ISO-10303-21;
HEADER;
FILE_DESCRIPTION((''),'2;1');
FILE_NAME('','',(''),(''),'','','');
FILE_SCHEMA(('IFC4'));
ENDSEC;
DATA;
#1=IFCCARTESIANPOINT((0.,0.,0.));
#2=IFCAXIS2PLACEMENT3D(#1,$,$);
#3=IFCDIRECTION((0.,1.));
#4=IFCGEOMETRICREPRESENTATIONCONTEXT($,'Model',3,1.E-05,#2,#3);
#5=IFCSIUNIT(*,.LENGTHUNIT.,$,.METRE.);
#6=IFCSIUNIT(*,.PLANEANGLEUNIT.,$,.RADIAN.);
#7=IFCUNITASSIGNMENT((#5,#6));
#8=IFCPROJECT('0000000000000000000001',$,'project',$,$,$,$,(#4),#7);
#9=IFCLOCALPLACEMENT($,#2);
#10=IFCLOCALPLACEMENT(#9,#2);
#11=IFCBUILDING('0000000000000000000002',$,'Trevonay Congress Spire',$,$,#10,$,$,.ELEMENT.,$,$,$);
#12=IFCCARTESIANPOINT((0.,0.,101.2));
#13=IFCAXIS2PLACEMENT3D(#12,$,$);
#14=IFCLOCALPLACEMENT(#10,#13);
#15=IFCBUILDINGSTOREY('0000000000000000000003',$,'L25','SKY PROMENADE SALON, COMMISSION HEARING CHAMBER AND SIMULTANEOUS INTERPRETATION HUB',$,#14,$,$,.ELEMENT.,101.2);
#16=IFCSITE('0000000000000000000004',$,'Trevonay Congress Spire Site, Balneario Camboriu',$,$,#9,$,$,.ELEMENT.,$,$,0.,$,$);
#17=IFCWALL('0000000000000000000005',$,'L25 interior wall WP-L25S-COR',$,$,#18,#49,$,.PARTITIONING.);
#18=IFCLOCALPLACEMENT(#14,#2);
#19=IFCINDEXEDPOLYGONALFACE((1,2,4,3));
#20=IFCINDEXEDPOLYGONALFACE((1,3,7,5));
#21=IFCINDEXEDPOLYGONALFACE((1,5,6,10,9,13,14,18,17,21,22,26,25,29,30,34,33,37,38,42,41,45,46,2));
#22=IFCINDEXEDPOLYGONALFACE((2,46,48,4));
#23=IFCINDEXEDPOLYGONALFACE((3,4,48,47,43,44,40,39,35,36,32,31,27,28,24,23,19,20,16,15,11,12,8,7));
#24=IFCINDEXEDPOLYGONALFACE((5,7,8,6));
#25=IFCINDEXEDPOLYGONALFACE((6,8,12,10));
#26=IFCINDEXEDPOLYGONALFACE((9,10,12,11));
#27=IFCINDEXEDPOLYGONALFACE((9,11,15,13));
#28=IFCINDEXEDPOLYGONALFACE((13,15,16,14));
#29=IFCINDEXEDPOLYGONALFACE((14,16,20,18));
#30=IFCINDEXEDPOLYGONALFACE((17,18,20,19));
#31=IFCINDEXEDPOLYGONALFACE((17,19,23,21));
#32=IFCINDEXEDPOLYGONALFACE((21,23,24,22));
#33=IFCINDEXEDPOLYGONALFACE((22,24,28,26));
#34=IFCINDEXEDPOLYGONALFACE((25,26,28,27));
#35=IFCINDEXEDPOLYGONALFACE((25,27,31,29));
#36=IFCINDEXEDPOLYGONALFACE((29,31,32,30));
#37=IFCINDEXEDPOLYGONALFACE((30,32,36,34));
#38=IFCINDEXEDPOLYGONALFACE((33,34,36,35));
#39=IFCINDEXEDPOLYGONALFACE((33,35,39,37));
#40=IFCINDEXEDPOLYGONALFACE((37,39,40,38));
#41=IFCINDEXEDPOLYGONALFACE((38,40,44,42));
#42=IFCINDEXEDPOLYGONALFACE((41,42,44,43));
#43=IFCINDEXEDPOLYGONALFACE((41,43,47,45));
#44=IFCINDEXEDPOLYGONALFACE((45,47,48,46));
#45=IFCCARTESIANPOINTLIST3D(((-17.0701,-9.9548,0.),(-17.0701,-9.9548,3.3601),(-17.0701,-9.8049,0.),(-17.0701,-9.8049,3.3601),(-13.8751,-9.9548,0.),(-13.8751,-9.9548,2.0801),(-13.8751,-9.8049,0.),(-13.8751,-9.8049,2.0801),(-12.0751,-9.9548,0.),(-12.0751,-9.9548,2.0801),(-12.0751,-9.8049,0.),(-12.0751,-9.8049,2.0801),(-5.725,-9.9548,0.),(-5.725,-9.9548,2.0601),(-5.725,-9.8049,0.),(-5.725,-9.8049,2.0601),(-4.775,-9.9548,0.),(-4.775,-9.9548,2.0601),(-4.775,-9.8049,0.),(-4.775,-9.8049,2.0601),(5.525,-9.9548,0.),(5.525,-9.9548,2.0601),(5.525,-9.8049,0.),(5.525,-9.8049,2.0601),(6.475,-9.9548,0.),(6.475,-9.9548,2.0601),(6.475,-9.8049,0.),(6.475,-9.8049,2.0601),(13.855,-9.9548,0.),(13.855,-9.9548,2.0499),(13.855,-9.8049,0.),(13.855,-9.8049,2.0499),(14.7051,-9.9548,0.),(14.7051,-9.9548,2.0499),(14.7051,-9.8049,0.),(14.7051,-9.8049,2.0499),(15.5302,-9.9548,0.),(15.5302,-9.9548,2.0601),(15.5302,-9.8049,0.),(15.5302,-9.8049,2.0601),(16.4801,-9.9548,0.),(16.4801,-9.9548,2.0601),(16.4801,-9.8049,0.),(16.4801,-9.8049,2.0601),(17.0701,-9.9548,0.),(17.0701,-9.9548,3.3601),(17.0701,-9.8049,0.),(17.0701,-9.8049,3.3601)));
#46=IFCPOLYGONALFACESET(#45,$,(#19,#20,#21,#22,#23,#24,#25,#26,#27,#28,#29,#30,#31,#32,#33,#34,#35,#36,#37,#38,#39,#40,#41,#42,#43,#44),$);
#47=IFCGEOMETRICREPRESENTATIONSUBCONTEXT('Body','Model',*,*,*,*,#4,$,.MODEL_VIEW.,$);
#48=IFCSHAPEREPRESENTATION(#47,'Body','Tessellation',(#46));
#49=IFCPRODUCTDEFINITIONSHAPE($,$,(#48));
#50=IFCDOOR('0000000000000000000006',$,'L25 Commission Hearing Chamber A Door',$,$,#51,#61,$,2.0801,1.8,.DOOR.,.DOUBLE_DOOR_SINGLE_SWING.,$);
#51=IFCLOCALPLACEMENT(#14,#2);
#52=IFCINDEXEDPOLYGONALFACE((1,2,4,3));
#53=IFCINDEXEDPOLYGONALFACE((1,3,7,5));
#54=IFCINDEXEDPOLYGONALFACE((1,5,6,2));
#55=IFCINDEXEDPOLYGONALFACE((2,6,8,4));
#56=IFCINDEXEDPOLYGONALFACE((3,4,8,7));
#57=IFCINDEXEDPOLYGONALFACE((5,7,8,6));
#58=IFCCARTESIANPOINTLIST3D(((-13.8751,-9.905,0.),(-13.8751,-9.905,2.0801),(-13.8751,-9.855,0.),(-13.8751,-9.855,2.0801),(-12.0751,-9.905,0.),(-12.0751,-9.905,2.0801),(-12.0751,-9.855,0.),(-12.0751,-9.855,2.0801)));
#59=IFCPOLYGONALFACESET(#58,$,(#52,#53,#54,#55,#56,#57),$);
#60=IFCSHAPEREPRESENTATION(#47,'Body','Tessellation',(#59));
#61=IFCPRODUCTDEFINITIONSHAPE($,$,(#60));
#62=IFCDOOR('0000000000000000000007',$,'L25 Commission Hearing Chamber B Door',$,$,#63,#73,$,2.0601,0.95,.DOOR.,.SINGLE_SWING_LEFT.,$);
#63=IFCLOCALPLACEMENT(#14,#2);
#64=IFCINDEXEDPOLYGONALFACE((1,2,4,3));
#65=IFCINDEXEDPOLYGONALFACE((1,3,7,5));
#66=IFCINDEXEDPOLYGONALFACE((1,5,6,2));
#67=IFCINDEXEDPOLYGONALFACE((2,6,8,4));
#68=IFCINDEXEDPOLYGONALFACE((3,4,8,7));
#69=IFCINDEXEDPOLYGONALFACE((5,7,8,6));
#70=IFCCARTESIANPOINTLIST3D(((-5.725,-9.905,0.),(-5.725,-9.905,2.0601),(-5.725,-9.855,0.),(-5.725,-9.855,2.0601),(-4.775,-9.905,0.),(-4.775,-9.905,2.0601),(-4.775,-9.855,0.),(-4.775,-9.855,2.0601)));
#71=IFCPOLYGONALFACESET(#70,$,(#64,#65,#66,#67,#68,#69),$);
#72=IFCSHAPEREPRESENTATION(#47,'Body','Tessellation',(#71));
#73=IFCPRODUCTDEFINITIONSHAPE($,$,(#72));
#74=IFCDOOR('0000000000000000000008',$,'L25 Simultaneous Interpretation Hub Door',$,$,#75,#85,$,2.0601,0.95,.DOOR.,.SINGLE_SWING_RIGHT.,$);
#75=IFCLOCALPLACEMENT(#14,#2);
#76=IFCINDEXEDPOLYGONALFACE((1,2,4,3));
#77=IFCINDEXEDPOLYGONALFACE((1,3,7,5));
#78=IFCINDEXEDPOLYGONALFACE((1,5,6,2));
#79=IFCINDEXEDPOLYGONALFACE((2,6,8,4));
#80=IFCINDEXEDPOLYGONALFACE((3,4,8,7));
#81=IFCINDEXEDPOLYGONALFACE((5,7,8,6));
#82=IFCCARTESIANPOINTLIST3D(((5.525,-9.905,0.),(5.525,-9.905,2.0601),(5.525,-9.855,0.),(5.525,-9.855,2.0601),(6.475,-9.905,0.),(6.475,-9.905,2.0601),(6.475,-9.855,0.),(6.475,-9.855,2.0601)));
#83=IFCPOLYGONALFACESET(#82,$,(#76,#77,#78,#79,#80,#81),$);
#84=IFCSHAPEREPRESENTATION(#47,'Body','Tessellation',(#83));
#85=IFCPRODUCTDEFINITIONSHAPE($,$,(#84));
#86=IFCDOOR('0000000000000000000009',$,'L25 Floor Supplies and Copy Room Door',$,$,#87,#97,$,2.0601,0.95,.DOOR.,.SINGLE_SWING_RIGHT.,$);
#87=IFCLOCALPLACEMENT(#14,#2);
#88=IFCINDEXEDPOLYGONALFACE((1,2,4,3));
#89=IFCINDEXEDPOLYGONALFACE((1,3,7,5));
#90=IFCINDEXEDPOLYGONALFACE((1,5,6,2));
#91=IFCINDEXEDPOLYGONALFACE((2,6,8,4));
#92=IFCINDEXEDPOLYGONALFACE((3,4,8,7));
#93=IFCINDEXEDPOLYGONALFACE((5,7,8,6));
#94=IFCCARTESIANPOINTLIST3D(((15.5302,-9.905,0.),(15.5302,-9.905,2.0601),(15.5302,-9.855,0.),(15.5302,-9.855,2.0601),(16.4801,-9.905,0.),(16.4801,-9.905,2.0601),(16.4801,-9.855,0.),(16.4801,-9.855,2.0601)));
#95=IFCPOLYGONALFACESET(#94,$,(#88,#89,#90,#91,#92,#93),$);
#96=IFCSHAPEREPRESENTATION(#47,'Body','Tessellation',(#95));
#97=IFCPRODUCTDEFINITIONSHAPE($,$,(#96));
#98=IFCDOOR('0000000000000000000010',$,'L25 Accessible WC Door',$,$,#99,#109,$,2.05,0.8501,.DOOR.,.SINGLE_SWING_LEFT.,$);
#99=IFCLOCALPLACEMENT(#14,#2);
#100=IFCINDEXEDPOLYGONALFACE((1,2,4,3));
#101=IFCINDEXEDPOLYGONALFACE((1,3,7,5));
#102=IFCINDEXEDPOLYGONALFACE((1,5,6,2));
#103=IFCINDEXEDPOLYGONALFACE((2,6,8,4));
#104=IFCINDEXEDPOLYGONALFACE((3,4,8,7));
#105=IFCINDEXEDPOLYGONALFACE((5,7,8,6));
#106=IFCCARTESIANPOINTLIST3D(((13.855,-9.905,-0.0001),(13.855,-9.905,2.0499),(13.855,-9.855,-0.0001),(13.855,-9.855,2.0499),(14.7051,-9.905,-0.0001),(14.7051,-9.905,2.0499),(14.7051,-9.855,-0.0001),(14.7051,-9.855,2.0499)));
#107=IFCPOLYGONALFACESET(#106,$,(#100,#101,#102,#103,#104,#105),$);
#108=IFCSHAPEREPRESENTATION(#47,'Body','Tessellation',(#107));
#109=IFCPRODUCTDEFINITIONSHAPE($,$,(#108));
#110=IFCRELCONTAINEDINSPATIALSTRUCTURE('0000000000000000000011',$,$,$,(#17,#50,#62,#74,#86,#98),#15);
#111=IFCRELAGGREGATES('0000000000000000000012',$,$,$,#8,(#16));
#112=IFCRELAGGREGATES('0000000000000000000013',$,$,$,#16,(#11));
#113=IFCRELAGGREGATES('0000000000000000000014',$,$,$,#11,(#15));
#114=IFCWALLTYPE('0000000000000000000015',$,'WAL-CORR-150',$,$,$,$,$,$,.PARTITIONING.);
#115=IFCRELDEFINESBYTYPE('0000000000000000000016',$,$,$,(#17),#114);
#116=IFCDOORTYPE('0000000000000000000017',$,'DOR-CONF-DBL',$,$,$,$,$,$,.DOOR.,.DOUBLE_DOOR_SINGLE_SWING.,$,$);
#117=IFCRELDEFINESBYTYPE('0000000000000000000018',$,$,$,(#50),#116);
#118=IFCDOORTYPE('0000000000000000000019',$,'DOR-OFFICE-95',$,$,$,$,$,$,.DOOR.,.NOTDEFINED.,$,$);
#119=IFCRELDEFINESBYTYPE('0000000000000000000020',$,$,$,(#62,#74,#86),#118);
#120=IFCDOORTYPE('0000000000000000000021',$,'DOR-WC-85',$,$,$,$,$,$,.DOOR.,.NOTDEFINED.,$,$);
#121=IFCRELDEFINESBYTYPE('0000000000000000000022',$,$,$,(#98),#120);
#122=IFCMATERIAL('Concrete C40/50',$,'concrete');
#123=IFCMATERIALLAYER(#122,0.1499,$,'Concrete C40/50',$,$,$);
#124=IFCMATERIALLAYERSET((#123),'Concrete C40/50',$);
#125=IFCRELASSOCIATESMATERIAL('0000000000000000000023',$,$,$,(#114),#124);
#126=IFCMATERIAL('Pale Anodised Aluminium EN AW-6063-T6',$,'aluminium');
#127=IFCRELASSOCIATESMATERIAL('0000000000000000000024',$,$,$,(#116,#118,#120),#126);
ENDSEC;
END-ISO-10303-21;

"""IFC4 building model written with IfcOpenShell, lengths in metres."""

from ifc_helpers import new_model, si_unit, direction, frame, frame_2d, origin, place, context, subcontext, project, spatial, rectangle, extrude, material, layer, layer_set, type_object, element, fill, save


model = new_model("IFC4")

# Units and contexts
model_context = context("Model", 3, precision=1e-05, world=origin(), true_north=direction((0.0, 1.0)))
body_context = subcontext(model_context, "Body", "Model", "MODEL_VIEW")
ifc_project = project(units=[si_unit("LENGTHUNIT", "METRE"), si_unit("PLANEANGLEUNIT", "RADIAN")], contexts=[model_context])

# Site, building, storey
site_placement = place(None, origin())
site = spatial("IfcSite", under=ifc_project, at=site_placement, Name="Trevonay Congress Spire Site, Balneario Camboriu", CompositionType="ELEMENT", RefElevation=0.0)
building_placement = place(site_placement, origin())
building = spatial("IfcBuilding", under=site, at=building_placement, Name="Trevonay Congress Spire", CompositionType="ELEMENT")
storey_placement = place(building_placement, frame((0.0, 0.0, 101.2)))
storey = spatial("IfcBuildingStorey", under=building, at=storey_placement, Name="L25", Description="SKY PROMENADE SALON, COMMISSION HEARING CHAMBER AND SIMULTANEOUS INTERPRETATION HUB", CompositionType="ELEMENT", Elevation=101.2)

# Shared definitions
ifc_material_1 = material(Name="Pale Anodised Aluminium EN AW-6063-T6", Category="aluminium")

# Wall, openings, doors
ifc_material_2 = material(Name="Concrete C40/50", Category="concrete")
ifc_layer_1 = layer(ifc_material_2, 0.1499, Name="Concrete C40/50")
ifc_layer_set_1 = layer_set([ifc_layer_1], Name="Concrete C40/50")
wall_type_1 = type_object("IfcWallType", Name="WAL-CORR-150", PredefinedType="PARTITIONING", material=ifc_layer_set_1)
wall_1_placement = place(storey_placement, frame((-17.0701, -9.8799, 0.0), z_axis=(0.0, 0.0, 1.0), x_axis=(1.0, 0.0, 0.0)))
wall_1 = element("IfcWall", 1, at=wall_1_placement, inside=storey, type_object=wall_type_1, Name="L25 interior wall WP-L25S-COR", PredefinedType="PARTITIONING", context=body_context, shape_type="SweptSolid", body=[
    extrude(rectangle(XDim=34.1401, YDim=0.1499, at=frame_2d((17.0701, 0.0))), origin(), (0.0, 0.0, 1.0), 3.3601),
])
opening_1_placement = place(wall_1_placement, frame((3.1951, 0.0, 0.0)))
opening_1 = element("IfcOpeningElement", 2, at=opening_1_placement, cuts=wall_1, PredefinedType="OPENING", context=body_context, shape_type="SweptSolid", body=[
    extrude(rectangle(XDim=1.8, YDim=2.0801, at=frame_2d((0.8999, 1.04))), frame((0.0, 0.085, 0.0), z_axis=(0.0, -1.0, 0.0), x_axis=(1.0, 0.0, 0.0)), (0.0, 0.0, 1.0), 0.1699),
])
opening_2_placement = place(wall_1_placement, frame((11.345, 0.0, 0.0)))
opening_2 = element("IfcOpeningElement", 3, at=opening_2_placement, cuts=wall_1, PredefinedType="OPENING", context=body_context, shape_type="SweptSolid", body=[
    extrude(rectangle(XDim=0.95, YDim=2.0601, at=frame_2d((0.4751, 1.03))), frame((0.0, 0.085, 0.0), z_axis=(0.0, -1.0, 0.0), x_axis=(1.0, 0.0, 0.0)), (0.0, 0.0, 1.0), 0.1699),
])
opening_3_placement = place(wall_1_placement, frame((22.595, 0.0, 0.0)))
opening_3 = element("IfcOpeningElement", 4, at=opening_3_placement, cuts=wall_1, PredefinedType="OPENING", context=body_context, shape_type="SweptSolid", body=[
    extrude(rectangle(XDim=0.95, YDim=2.0601, at=frame_2d((0.4751, 1.03))), frame((0.0, 0.085, 0.0), z_axis=(0.0, -1.0, 0.0), x_axis=(1.0, 0.0, 0.0)), (0.0, 0.0, 1.0), 0.1699),
])
opening_4_placement = place(wall_1_placement, frame((30.925, 0.0, 0.0)))
opening_4 = element("IfcOpeningElement", 5, at=opening_4_placement, cuts=wall_1, PredefinedType="OPENING", context=body_context, shape_type="SweptSolid", body=[
    extrude(rectangle(XDim=0.8501, YDim=2.05, at=frame_2d((0.425, 1.0249))), frame((0.0, 0.085, 0.0), z_axis=(0.0, -1.0, 0.0), x_axis=(1.0, 0.0, 0.0)), (0.0, 0.0, 1.0), 0.1699),
])
opening_5_placement = place(wall_1_placement, frame((32.6001, 0.0, 0.0)))
opening_5 = element("IfcOpeningElement", 6, at=opening_5_placement, cuts=wall_1, PredefinedType="OPENING", context=body_context, shape_type="SweptSolid", body=[
    extrude(rectangle(XDim=0.95, YDim=2.0601, at=frame_2d((0.4751, 1.03))), frame((0.0, 0.085, 0.0), z_axis=(0.0, -1.0, 0.0), x_axis=(1.0, 0.0, 0.0)), (0.0, 0.0, 1.0), 0.1699),
])
door_type_1 = type_object("IfcDoorType", Name="DOR-CONF-DBL", OperationType="DOUBLE_DOOR_SINGLE_SWING", PredefinedType="DOOR", material=ifc_material_1)
door_1_placement = place(opening_1_placement, origin())
door_1 = element("IfcDoor", 7, at=door_1_placement, inside=storey, type_object=door_type_1, Name="L25 Commission Hearing Chamber A Door", OperationType="DOUBLE_DOOR_SINGLE_SWING", OverallHeight=2.0801, OverallWidth=1.8, PredefinedType="DOOR", context=body_context, shape_type="SweptSolid", body=[
    extrude(rectangle(XDim=1.8, YDim=2.0801, at=frame_2d((0.8999, 1.04))), frame((0.0, 0.0249, 0.0), z_axis=(0.0, -1.0, 0.0), x_axis=(1.0, 0.0, 0.0)), (0.0, 0.0, 1.0), 0.05),
])
fill(opening_1, door_1)
door_type_2 = type_object("IfcDoorType", Name="DOR-OFFICE-95", OperationType="NOTDEFINED", PredefinedType="DOOR", material=ifc_material_1)
door_2_placement = place(opening_2_placement, origin())
door_2 = element("IfcDoor", 8, at=door_2_placement, inside=storey, type_object=door_type_2, Name="L25 Commission Hearing Chamber B Door", OperationType="SINGLE_SWING_LEFT", OverallHeight=2.0601, OverallWidth=0.95, PredefinedType="DOOR", context=body_context, shape_type="SweptSolid", body=[
    extrude(rectangle(XDim=0.95, YDim=2.0601, at=frame_2d((0.4751, 1.03))), frame((0.0, 0.0249, 0.0), z_axis=(0.0, -1.0, 0.0), x_axis=(1.0, 0.0, 0.0)), (0.0, 0.0, 1.0), 0.05),
])
fill(opening_2, door_2)
door_3_placement = place(opening_3_placement, origin())
door_3 = element("IfcDoor", 9, at=door_3_placement, inside=storey, type_object=door_type_2, Name="L25 Simultaneous Interpretation Hub Door", OperationType="SINGLE_SWING_RIGHT", OverallHeight=2.0601, OverallWidth=0.95, PredefinedType="DOOR", context=body_context, shape_type="SweptSolid", body=[
    extrude(rectangle(XDim=0.95, YDim=2.0601, at=frame_2d((0.4751, 1.03))), frame((0.0, 0.0249, 0.0), z_axis=(0.0, -1.0, 0.0), x_axis=(1.0, 0.0, 0.0)), (0.0, 0.0, 1.0), 0.05),
])
fill(opening_3, door_3)
door_4_placement = place(opening_5_placement, origin())
door_4 = element("IfcDoor", 10, at=door_4_placement, inside=storey, type_object=door_type_2, Name="L25 Floor Supplies and Copy Room Door", OperationType="SINGLE_SWING_RIGHT", OverallHeight=2.0601, OverallWidth=0.95, PredefinedType="DOOR", context=body_context, shape_type="SweptSolid", body=[
    extrude(rectangle(XDim=0.95, YDim=2.0601, at=frame_2d((0.4751, 1.03))), frame((0.0, 0.0249, 0.0), z_axis=(0.0, -1.0, 0.0), x_axis=(1.0, 0.0, 0.0)), (0.0, 0.0, 1.0), 0.05),
])
fill(opening_5, door_4)
door_type_3 = type_object("IfcDoorType", Name="DOR-WC-85", OperationType="NOTDEFINED", PredefinedType="DOOR", material=ifc_material_1)
door_5_placement = place(opening_4_placement, origin())
door_5 = element("IfcDoor", 11, at=door_5_placement, inside=storey, type_object=door_type_3, Name="L25 Accessible WC Door", OperationType="SINGLE_SWING_LEFT", OverallHeight=2.05, OverallWidth=0.8501, PredefinedType="DOOR", context=body_context, shape_type="SweptSolid", body=[
    extrude(rectangle(XDim=0.8501, YDim=2.05, at=frame_2d((0.425, 1.0249))), frame((0.0, 0.0249, 0.0), z_axis=(0.0, -1.0, 0.0), x_axis=(1.0, 0.0, 0.0)), (0.0, 0.0, 1.0), 0.05),
])
fill(opening_4, door_5)

save(model, "model.ifc")
